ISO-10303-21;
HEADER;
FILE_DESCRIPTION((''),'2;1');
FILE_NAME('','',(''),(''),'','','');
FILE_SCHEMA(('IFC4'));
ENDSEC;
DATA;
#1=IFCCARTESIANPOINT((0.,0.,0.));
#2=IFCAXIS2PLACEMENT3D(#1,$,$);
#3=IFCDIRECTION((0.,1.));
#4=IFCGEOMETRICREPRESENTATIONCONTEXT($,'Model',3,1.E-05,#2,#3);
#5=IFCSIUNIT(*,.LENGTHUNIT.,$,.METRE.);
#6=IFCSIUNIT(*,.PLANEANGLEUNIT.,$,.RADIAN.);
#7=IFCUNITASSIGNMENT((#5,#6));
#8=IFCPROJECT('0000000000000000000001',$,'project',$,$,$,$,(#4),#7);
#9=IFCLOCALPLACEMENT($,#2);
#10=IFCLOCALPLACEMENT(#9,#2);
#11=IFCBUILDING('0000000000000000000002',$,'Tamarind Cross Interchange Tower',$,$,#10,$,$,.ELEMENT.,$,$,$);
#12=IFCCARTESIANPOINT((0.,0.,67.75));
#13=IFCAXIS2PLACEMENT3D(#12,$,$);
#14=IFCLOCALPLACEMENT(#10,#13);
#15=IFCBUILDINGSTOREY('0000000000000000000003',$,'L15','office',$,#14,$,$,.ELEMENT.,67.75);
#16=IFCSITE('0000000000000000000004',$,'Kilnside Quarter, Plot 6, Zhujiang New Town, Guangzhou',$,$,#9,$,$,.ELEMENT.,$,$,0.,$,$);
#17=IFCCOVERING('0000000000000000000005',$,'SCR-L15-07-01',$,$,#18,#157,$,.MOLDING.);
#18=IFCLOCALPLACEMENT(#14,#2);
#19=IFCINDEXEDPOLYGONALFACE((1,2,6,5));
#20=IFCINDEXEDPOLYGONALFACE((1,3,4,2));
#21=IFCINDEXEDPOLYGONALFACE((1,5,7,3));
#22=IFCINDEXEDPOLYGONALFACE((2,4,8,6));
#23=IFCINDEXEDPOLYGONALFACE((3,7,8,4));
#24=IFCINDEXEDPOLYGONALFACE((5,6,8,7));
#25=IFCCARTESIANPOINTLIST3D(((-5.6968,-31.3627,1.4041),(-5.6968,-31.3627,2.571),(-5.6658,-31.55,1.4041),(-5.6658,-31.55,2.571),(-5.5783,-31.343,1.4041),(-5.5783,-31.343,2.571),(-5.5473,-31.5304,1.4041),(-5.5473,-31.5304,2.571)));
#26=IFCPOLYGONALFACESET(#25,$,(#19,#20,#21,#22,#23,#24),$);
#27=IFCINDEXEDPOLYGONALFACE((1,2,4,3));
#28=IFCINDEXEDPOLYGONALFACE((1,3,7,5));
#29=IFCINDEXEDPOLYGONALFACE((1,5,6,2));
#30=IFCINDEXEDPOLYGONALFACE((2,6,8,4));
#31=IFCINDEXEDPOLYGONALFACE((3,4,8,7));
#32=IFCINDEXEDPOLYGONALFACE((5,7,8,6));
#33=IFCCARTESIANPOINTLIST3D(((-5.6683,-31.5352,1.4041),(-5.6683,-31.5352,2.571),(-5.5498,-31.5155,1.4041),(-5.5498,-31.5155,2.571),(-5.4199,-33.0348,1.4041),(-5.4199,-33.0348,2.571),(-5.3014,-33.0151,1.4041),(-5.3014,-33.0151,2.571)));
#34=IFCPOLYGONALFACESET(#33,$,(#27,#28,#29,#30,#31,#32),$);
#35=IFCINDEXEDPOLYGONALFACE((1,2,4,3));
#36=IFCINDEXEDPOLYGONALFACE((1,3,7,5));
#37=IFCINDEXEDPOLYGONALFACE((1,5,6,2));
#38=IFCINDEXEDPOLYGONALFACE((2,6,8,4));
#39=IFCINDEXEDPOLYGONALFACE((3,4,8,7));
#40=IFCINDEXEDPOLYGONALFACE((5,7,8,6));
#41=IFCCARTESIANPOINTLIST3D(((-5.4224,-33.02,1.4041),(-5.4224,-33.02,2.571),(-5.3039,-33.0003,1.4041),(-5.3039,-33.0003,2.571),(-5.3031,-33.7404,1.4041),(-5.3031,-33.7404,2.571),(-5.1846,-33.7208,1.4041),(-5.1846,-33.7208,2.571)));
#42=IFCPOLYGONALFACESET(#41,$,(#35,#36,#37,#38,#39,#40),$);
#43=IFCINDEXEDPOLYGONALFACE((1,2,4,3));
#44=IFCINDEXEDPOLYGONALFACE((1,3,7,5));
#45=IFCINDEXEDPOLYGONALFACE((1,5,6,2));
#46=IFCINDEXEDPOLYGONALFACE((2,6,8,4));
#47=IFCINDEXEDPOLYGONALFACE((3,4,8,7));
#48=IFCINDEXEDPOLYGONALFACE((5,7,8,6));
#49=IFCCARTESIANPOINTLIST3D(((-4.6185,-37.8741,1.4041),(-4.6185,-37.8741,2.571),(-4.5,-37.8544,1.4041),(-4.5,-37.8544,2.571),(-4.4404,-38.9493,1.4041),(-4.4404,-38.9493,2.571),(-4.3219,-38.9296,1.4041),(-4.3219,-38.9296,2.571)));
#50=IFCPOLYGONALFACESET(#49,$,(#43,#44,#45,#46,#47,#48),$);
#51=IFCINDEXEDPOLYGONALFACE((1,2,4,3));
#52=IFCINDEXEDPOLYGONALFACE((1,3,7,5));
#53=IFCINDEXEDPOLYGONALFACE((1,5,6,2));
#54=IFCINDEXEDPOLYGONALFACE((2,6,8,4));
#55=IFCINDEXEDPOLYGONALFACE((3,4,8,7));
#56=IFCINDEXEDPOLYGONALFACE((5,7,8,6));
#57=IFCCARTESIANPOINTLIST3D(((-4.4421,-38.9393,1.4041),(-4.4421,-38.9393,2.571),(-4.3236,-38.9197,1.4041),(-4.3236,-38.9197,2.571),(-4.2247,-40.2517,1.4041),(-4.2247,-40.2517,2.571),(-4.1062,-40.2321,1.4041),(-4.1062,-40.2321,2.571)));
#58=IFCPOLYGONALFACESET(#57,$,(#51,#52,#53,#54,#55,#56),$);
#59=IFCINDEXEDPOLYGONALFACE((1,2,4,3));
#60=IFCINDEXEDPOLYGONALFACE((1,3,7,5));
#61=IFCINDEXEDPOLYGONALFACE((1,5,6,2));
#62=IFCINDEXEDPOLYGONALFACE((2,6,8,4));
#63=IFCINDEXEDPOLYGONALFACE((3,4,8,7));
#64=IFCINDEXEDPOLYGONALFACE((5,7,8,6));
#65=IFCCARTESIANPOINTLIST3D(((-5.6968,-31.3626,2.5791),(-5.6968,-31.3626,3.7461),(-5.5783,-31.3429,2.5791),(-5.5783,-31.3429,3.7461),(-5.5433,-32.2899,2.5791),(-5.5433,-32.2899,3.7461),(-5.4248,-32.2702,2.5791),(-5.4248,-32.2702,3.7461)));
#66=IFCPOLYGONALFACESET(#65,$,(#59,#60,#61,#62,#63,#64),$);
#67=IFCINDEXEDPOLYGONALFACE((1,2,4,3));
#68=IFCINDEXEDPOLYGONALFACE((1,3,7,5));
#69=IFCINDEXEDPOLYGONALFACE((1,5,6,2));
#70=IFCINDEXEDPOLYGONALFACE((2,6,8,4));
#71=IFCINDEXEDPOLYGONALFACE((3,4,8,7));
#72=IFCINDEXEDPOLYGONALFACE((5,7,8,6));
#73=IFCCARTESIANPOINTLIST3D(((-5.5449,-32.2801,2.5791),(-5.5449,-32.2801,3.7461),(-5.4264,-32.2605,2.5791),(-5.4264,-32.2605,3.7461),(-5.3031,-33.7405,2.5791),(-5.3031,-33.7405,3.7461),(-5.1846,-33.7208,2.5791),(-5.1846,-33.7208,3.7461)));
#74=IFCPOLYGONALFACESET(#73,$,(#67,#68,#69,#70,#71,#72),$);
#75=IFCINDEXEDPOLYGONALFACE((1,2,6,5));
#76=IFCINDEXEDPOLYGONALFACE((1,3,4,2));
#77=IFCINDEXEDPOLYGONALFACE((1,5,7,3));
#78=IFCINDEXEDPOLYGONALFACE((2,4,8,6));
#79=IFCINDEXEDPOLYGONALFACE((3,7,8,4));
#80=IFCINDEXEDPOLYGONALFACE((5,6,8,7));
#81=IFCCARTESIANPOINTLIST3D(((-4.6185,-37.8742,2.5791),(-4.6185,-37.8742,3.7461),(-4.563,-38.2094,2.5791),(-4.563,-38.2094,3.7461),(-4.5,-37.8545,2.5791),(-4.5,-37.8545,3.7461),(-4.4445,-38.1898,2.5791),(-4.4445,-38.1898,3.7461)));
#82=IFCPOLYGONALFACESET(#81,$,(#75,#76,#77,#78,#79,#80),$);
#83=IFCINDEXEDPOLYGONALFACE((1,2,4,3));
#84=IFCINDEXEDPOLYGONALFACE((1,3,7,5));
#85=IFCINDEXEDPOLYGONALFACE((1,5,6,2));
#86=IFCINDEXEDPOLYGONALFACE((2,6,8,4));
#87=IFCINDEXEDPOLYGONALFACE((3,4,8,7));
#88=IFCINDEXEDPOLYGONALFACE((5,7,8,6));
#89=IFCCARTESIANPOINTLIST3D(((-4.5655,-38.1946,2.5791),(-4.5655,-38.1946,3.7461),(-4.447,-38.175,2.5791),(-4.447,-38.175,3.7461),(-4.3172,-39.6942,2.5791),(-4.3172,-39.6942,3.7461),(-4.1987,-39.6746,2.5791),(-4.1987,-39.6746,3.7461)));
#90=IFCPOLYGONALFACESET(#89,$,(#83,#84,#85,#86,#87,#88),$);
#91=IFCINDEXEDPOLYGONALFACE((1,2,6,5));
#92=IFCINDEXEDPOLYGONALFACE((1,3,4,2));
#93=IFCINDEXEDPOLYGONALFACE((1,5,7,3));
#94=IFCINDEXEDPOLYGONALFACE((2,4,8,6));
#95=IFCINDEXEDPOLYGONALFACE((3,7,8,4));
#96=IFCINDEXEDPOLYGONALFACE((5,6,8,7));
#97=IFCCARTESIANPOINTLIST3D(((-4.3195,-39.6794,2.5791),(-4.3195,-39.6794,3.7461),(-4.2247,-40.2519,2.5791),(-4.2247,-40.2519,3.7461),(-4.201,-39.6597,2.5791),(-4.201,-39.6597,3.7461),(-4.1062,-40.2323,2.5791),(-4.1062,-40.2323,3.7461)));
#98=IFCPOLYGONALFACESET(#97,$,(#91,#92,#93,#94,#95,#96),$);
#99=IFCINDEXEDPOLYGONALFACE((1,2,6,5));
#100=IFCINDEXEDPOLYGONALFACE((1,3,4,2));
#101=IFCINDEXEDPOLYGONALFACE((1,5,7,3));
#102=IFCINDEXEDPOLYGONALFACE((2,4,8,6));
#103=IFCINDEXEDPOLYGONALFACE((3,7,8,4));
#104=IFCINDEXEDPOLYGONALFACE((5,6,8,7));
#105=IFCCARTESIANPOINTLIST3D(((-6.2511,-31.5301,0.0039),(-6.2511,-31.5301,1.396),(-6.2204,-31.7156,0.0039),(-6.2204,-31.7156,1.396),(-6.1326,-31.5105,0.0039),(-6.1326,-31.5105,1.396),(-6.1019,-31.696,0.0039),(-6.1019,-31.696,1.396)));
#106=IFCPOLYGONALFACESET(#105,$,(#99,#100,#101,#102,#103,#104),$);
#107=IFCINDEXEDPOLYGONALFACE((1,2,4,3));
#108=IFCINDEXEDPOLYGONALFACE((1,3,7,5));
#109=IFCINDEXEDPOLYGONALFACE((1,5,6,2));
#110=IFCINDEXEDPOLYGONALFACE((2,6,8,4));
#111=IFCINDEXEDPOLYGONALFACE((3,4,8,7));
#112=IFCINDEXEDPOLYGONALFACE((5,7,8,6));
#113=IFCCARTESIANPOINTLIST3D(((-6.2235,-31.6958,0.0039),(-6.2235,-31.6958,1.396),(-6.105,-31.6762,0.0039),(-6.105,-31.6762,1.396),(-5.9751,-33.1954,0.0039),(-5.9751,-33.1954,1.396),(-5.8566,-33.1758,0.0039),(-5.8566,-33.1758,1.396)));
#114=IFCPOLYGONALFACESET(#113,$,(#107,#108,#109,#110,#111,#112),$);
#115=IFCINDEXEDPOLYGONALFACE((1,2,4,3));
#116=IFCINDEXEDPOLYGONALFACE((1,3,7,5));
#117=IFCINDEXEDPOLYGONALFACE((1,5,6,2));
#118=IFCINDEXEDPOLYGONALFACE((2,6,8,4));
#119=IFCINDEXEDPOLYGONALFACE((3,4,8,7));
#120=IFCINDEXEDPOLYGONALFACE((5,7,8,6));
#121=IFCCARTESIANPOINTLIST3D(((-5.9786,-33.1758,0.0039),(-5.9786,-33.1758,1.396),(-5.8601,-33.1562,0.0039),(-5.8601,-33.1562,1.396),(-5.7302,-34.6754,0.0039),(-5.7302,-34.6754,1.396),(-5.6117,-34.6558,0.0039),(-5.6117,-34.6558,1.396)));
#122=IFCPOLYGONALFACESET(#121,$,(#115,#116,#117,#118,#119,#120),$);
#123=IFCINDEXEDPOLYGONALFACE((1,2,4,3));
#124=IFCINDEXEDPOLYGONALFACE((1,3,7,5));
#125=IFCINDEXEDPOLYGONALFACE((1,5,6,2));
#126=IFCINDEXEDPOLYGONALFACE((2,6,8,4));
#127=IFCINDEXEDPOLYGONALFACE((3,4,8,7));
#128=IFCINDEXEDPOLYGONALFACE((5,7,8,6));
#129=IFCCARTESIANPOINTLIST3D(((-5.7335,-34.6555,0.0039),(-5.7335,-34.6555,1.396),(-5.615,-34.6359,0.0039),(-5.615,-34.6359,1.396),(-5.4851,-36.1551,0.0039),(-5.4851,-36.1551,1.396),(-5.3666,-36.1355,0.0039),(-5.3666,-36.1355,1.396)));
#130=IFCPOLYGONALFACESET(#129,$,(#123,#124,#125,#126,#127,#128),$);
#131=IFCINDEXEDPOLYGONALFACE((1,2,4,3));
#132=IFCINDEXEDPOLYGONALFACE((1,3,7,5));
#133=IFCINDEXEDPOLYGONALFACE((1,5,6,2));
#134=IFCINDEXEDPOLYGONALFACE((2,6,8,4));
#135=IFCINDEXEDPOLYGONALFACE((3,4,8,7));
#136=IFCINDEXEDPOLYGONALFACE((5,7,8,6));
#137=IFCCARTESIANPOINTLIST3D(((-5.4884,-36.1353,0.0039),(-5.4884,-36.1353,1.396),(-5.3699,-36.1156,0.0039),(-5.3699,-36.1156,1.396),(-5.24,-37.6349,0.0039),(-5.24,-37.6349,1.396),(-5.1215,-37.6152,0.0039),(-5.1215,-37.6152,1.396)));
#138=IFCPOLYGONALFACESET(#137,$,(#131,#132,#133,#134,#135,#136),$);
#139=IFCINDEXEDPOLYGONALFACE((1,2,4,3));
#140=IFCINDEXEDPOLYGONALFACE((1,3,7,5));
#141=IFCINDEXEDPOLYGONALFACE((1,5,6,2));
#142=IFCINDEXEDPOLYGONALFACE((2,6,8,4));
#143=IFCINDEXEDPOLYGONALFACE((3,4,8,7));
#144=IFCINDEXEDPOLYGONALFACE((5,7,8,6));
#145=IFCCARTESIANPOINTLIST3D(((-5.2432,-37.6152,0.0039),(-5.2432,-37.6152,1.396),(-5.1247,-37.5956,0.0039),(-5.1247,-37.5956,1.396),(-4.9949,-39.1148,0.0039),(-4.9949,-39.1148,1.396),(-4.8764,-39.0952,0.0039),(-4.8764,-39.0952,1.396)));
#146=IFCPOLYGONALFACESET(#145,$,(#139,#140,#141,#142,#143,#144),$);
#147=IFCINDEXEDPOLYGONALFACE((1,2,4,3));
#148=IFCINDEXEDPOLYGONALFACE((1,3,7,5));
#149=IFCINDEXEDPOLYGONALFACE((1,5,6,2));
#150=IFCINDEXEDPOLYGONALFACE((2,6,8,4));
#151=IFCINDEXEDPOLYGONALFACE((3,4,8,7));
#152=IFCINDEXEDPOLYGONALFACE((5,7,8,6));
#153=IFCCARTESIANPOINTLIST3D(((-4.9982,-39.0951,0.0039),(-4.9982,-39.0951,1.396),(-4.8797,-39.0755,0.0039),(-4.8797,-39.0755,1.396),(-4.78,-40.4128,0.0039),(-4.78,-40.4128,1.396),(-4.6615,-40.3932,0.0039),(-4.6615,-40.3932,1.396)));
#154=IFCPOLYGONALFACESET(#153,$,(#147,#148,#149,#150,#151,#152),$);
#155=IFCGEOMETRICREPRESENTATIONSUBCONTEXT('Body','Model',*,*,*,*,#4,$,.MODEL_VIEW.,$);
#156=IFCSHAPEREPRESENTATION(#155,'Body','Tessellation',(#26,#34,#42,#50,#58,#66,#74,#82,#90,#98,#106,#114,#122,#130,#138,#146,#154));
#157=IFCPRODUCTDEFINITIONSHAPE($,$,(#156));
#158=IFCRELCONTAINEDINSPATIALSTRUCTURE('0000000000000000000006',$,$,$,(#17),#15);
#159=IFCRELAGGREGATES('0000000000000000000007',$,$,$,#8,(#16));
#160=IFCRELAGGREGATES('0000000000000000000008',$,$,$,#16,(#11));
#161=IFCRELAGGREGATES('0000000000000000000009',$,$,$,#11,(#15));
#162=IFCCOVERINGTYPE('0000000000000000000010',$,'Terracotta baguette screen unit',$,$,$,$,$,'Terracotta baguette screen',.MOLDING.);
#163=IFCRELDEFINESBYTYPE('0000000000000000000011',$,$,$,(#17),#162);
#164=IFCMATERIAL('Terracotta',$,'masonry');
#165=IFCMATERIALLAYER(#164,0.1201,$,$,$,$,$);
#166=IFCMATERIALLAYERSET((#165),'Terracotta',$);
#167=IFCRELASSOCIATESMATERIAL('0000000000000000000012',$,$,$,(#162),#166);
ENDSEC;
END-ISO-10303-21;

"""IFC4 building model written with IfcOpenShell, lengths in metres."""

from ifc_helpers import new_model, si_unit, direction, frame, origin, origin_2d, place, context, subcontext, project, spatial, rectangle, extrude, material, layer, layer_set, type_object, element, save


model = new_model("IFC4")

# Units and contexts
model_context = context("Model", 3, precision=1e-05, world=origin(), true_north=direction((0.0, 1.0)))
body_context = subcontext(model_context, "Body", "Model", "MODEL_VIEW")
ifc_project = project(units=[si_unit("LENGTHUNIT", "METRE"), si_unit("PLANEANGLEUNIT", "RADIAN")], contexts=[model_context])

# Site, building, storey
site_placement = place(None, origin())
site = spatial("IfcSite", under=ifc_project, at=site_placement, Name="Kilnside Quarter, Plot 6, Zhujiang New Town, Guangzhou", CompositionType="ELEMENT", RefElevation=0.0)
building_placement = place(site_placement, origin())
building = spatial("IfcBuilding", under=site, at=building_placement, Name="Tamarind Cross Interchange Tower", CompositionType="ELEMENT")
storey_placement = place(building_placement, frame((0.0, 0.0, 67.75)))
storey = spatial("IfcBuildingStorey", under=building, at=storey_placement, Name="L15", Description="office", CompositionType="ELEMENT", Elevation=67.75)

# Covering
ifc_material_1 = material(Name="Terracotta", Category="masonry")
ifc_layer_1 = layer(ifc_material_1, 0.1201)
ifc_layer_set_1 = layer_set([ifc_layer_1], Name="Terracotta")
covering_type = type_object("IfcCoveringType", Name="Terracotta baguette screen unit", ElementType="Terracotta baguette screen", PredefinedType="MOLDING", material=ifc_layer_set_1)
covering_1_placement = place(storey_placement, origin())
element("IfcCovering", 1, at=covering_1_placement, inside=storey, type_object=covering_type, Name="SCR-L15-07-01", PredefinedType="MOLDING", context=body_context, shape_type="SweptSolid", body=[
    extrude(rectangle(XDim=0.1899, YDim=0.1201, at=origin_2d()), frame((-5.6221, -31.4465, 1.4041), z_axis=(0.0, 0.0, 1.0), x_axis=(0.163381, -0.986563, 0.0)), (0.0, 0.0, 1.0), 1.167),
    extrude(rectangle(XDim=1.52, YDim=0.1201, at=origin_2d()), frame((-5.4849, -32.2751, 1.4041), z_axis=(0.0, 0.0, 1.0), x_axis=(0.163381, -0.986563, 0.0)), (0.0, 0.0, 1.0), 1.167),
    extrude(rectangle(XDim=0.7302, YDim=0.1201, at=origin_2d()), frame((-5.3035, -33.3704, 1.4041), z_axis=(0.0, 0.0, 1.0), x_axis=(0.163381, -0.986563, 0.0)), (0.0, 0.0, 1.0), 1.167),
    extrude(rectangle(XDim=1.0898, YDim=0.1201, at=origin_2d()), frame((-4.4702, -38.4019, 1.4041), z_axis=(0.0, 0.0, 1.0), x_axis=(0.163381, -0.986563, 0.0)), (0.0, 0.0, 1.0), 1.167),
    extrude(rectangle(XDim=1.3303, YDim=0.1201, at=origin_2d()), frame((-4.2742, -39.5857, 1.4041), z_axis=(0.0, 0.0, 1.0), x_axis=(0.163381, -0.986563, 0.0)), (0.0, 0.0, 1.0), 1.167),
    extrude(rectangle(XDim=0.9399, YDim=0.1201, at=origin_2d()), frame((-5.5608, -31.8164, 2.5791), z_axis=(0.0, 0.0, 1.0), x_axis=(0.163381, -0.986563, 0.0)), (0.0, 0.0, 1.0), 1.167),
    extrude(rectangle(XDim=1.4802, YDim=0.1201, at=origin_2d()), frame((-5.3647, -33.0005, 2.5791), z_axis=(0.0, 0.0, 1.0), x_axis=(0.163381, -0.986563, 0.0)), (0.0, 0.0, 1.0), 1.167),
    extrude(rectangle(XDim=0.3398, YDim=0.1201, at=origin_2d()), frame((-4.5315, -38.032, 2.5791), z_axis=(0.0, 0.0, 1.0), x_axis=(0.163381, -0.986563, 0.0)), (0.0, 0.0, 1.0), 1.167),
    extrude(rectangle(XDim=1.52, YDim=0.1201, at=origin_2d()), frame((-4.3821, -38.9346, 2.5791), z_axis=(0.0, 0.0, 1.0), x_axis=(0.163381, -0.986563, 0.0)), (0.0, 0.0, 1.0), 1.167),
    extrude(rectangle(XDim=0.5803, YDim=0.1201, at=origin_2d()), frame((-4.2129, -39.9558, 2.5791), z_axis=(0.0, 0.0, 1.0), x_axis=(0.163381, -0.986563, 0.0)), (0.0, 0.0, 1.0), 1.167),
    extrude(rectangle(XDim=0.188, YDim=0.1201, at=origin_2d()), frame((-6.1765, -31.613, 0.0039), z_axis=(0.0, 0.0, 1.0), x_axis=(0.163381, -0.986563, 0.0)), (0.0, 0.0, 1.0), 1.3921),
    extrude(rectangle(XDim=1.52, YDim=0.1201, at=origin_2d()), frame((-6.04, -32.4358, 0.0039), z_axis=(0.0, 0.0, 1.0), x_axis=(0.163381, -0.986563, 0.0)), (0.0, 0.0, 1.0), 1.3921),
    extrude(rectangle(XDim=1.52, YDim=0.1201, at=origin_2d()), frame((-5.7952, -33.9158, 0.0039), z_axis=(0.0, 0.0, 1.0), x_axis=(0.163381, -0.986563, 0.0)), (0.0, 0.0, 1.0), 1.3921),
    extrude(rectangle(XDim=1.52, YDim=0.1201, at=origin_2d()), frame((-5.55, -35.3955, 0.0039), z_axis=(0.0, 0.0, 1.0), x_axis=(0.163381, -0.986563, 0.0)), (0.0, 0.0, 1.0), 1.3921),
    extrude(rectangle(XDim=1.52, YDim=0.1201, at=origin_2d()), frame((-5.3049, -36.8752, 0.0039), z_axis=(0.0, 0.0, 1.0), x_axis=(0.163381, -0.986563, 0.0)), (0.0, 0.0, 1.0), 1.3921),
    extrude(rectangle(XDim=1.52, YDim=0.1201, at=origin_2d()), frame((-5.0598, -38.3552, 0.0039), z_axis=(0.0, 0.0, 1.0), x_axis=(0.163381, -0.986563, 0.0)), (0.0, 0.0, 1.0), 1.3921),
    extrude(rectangle(XDim=1.3357, YDim=0.1201, at=origin_2d()), frame((-4.8298, -39.7441, 0.0039), z_axis=(0.0, 0.0, 1.0), x_axis=(0.163381, -0.986563, 0.0)), (0.0, 0.0, 1.0), 1.3921),
])

save(model, "model.ifc")
